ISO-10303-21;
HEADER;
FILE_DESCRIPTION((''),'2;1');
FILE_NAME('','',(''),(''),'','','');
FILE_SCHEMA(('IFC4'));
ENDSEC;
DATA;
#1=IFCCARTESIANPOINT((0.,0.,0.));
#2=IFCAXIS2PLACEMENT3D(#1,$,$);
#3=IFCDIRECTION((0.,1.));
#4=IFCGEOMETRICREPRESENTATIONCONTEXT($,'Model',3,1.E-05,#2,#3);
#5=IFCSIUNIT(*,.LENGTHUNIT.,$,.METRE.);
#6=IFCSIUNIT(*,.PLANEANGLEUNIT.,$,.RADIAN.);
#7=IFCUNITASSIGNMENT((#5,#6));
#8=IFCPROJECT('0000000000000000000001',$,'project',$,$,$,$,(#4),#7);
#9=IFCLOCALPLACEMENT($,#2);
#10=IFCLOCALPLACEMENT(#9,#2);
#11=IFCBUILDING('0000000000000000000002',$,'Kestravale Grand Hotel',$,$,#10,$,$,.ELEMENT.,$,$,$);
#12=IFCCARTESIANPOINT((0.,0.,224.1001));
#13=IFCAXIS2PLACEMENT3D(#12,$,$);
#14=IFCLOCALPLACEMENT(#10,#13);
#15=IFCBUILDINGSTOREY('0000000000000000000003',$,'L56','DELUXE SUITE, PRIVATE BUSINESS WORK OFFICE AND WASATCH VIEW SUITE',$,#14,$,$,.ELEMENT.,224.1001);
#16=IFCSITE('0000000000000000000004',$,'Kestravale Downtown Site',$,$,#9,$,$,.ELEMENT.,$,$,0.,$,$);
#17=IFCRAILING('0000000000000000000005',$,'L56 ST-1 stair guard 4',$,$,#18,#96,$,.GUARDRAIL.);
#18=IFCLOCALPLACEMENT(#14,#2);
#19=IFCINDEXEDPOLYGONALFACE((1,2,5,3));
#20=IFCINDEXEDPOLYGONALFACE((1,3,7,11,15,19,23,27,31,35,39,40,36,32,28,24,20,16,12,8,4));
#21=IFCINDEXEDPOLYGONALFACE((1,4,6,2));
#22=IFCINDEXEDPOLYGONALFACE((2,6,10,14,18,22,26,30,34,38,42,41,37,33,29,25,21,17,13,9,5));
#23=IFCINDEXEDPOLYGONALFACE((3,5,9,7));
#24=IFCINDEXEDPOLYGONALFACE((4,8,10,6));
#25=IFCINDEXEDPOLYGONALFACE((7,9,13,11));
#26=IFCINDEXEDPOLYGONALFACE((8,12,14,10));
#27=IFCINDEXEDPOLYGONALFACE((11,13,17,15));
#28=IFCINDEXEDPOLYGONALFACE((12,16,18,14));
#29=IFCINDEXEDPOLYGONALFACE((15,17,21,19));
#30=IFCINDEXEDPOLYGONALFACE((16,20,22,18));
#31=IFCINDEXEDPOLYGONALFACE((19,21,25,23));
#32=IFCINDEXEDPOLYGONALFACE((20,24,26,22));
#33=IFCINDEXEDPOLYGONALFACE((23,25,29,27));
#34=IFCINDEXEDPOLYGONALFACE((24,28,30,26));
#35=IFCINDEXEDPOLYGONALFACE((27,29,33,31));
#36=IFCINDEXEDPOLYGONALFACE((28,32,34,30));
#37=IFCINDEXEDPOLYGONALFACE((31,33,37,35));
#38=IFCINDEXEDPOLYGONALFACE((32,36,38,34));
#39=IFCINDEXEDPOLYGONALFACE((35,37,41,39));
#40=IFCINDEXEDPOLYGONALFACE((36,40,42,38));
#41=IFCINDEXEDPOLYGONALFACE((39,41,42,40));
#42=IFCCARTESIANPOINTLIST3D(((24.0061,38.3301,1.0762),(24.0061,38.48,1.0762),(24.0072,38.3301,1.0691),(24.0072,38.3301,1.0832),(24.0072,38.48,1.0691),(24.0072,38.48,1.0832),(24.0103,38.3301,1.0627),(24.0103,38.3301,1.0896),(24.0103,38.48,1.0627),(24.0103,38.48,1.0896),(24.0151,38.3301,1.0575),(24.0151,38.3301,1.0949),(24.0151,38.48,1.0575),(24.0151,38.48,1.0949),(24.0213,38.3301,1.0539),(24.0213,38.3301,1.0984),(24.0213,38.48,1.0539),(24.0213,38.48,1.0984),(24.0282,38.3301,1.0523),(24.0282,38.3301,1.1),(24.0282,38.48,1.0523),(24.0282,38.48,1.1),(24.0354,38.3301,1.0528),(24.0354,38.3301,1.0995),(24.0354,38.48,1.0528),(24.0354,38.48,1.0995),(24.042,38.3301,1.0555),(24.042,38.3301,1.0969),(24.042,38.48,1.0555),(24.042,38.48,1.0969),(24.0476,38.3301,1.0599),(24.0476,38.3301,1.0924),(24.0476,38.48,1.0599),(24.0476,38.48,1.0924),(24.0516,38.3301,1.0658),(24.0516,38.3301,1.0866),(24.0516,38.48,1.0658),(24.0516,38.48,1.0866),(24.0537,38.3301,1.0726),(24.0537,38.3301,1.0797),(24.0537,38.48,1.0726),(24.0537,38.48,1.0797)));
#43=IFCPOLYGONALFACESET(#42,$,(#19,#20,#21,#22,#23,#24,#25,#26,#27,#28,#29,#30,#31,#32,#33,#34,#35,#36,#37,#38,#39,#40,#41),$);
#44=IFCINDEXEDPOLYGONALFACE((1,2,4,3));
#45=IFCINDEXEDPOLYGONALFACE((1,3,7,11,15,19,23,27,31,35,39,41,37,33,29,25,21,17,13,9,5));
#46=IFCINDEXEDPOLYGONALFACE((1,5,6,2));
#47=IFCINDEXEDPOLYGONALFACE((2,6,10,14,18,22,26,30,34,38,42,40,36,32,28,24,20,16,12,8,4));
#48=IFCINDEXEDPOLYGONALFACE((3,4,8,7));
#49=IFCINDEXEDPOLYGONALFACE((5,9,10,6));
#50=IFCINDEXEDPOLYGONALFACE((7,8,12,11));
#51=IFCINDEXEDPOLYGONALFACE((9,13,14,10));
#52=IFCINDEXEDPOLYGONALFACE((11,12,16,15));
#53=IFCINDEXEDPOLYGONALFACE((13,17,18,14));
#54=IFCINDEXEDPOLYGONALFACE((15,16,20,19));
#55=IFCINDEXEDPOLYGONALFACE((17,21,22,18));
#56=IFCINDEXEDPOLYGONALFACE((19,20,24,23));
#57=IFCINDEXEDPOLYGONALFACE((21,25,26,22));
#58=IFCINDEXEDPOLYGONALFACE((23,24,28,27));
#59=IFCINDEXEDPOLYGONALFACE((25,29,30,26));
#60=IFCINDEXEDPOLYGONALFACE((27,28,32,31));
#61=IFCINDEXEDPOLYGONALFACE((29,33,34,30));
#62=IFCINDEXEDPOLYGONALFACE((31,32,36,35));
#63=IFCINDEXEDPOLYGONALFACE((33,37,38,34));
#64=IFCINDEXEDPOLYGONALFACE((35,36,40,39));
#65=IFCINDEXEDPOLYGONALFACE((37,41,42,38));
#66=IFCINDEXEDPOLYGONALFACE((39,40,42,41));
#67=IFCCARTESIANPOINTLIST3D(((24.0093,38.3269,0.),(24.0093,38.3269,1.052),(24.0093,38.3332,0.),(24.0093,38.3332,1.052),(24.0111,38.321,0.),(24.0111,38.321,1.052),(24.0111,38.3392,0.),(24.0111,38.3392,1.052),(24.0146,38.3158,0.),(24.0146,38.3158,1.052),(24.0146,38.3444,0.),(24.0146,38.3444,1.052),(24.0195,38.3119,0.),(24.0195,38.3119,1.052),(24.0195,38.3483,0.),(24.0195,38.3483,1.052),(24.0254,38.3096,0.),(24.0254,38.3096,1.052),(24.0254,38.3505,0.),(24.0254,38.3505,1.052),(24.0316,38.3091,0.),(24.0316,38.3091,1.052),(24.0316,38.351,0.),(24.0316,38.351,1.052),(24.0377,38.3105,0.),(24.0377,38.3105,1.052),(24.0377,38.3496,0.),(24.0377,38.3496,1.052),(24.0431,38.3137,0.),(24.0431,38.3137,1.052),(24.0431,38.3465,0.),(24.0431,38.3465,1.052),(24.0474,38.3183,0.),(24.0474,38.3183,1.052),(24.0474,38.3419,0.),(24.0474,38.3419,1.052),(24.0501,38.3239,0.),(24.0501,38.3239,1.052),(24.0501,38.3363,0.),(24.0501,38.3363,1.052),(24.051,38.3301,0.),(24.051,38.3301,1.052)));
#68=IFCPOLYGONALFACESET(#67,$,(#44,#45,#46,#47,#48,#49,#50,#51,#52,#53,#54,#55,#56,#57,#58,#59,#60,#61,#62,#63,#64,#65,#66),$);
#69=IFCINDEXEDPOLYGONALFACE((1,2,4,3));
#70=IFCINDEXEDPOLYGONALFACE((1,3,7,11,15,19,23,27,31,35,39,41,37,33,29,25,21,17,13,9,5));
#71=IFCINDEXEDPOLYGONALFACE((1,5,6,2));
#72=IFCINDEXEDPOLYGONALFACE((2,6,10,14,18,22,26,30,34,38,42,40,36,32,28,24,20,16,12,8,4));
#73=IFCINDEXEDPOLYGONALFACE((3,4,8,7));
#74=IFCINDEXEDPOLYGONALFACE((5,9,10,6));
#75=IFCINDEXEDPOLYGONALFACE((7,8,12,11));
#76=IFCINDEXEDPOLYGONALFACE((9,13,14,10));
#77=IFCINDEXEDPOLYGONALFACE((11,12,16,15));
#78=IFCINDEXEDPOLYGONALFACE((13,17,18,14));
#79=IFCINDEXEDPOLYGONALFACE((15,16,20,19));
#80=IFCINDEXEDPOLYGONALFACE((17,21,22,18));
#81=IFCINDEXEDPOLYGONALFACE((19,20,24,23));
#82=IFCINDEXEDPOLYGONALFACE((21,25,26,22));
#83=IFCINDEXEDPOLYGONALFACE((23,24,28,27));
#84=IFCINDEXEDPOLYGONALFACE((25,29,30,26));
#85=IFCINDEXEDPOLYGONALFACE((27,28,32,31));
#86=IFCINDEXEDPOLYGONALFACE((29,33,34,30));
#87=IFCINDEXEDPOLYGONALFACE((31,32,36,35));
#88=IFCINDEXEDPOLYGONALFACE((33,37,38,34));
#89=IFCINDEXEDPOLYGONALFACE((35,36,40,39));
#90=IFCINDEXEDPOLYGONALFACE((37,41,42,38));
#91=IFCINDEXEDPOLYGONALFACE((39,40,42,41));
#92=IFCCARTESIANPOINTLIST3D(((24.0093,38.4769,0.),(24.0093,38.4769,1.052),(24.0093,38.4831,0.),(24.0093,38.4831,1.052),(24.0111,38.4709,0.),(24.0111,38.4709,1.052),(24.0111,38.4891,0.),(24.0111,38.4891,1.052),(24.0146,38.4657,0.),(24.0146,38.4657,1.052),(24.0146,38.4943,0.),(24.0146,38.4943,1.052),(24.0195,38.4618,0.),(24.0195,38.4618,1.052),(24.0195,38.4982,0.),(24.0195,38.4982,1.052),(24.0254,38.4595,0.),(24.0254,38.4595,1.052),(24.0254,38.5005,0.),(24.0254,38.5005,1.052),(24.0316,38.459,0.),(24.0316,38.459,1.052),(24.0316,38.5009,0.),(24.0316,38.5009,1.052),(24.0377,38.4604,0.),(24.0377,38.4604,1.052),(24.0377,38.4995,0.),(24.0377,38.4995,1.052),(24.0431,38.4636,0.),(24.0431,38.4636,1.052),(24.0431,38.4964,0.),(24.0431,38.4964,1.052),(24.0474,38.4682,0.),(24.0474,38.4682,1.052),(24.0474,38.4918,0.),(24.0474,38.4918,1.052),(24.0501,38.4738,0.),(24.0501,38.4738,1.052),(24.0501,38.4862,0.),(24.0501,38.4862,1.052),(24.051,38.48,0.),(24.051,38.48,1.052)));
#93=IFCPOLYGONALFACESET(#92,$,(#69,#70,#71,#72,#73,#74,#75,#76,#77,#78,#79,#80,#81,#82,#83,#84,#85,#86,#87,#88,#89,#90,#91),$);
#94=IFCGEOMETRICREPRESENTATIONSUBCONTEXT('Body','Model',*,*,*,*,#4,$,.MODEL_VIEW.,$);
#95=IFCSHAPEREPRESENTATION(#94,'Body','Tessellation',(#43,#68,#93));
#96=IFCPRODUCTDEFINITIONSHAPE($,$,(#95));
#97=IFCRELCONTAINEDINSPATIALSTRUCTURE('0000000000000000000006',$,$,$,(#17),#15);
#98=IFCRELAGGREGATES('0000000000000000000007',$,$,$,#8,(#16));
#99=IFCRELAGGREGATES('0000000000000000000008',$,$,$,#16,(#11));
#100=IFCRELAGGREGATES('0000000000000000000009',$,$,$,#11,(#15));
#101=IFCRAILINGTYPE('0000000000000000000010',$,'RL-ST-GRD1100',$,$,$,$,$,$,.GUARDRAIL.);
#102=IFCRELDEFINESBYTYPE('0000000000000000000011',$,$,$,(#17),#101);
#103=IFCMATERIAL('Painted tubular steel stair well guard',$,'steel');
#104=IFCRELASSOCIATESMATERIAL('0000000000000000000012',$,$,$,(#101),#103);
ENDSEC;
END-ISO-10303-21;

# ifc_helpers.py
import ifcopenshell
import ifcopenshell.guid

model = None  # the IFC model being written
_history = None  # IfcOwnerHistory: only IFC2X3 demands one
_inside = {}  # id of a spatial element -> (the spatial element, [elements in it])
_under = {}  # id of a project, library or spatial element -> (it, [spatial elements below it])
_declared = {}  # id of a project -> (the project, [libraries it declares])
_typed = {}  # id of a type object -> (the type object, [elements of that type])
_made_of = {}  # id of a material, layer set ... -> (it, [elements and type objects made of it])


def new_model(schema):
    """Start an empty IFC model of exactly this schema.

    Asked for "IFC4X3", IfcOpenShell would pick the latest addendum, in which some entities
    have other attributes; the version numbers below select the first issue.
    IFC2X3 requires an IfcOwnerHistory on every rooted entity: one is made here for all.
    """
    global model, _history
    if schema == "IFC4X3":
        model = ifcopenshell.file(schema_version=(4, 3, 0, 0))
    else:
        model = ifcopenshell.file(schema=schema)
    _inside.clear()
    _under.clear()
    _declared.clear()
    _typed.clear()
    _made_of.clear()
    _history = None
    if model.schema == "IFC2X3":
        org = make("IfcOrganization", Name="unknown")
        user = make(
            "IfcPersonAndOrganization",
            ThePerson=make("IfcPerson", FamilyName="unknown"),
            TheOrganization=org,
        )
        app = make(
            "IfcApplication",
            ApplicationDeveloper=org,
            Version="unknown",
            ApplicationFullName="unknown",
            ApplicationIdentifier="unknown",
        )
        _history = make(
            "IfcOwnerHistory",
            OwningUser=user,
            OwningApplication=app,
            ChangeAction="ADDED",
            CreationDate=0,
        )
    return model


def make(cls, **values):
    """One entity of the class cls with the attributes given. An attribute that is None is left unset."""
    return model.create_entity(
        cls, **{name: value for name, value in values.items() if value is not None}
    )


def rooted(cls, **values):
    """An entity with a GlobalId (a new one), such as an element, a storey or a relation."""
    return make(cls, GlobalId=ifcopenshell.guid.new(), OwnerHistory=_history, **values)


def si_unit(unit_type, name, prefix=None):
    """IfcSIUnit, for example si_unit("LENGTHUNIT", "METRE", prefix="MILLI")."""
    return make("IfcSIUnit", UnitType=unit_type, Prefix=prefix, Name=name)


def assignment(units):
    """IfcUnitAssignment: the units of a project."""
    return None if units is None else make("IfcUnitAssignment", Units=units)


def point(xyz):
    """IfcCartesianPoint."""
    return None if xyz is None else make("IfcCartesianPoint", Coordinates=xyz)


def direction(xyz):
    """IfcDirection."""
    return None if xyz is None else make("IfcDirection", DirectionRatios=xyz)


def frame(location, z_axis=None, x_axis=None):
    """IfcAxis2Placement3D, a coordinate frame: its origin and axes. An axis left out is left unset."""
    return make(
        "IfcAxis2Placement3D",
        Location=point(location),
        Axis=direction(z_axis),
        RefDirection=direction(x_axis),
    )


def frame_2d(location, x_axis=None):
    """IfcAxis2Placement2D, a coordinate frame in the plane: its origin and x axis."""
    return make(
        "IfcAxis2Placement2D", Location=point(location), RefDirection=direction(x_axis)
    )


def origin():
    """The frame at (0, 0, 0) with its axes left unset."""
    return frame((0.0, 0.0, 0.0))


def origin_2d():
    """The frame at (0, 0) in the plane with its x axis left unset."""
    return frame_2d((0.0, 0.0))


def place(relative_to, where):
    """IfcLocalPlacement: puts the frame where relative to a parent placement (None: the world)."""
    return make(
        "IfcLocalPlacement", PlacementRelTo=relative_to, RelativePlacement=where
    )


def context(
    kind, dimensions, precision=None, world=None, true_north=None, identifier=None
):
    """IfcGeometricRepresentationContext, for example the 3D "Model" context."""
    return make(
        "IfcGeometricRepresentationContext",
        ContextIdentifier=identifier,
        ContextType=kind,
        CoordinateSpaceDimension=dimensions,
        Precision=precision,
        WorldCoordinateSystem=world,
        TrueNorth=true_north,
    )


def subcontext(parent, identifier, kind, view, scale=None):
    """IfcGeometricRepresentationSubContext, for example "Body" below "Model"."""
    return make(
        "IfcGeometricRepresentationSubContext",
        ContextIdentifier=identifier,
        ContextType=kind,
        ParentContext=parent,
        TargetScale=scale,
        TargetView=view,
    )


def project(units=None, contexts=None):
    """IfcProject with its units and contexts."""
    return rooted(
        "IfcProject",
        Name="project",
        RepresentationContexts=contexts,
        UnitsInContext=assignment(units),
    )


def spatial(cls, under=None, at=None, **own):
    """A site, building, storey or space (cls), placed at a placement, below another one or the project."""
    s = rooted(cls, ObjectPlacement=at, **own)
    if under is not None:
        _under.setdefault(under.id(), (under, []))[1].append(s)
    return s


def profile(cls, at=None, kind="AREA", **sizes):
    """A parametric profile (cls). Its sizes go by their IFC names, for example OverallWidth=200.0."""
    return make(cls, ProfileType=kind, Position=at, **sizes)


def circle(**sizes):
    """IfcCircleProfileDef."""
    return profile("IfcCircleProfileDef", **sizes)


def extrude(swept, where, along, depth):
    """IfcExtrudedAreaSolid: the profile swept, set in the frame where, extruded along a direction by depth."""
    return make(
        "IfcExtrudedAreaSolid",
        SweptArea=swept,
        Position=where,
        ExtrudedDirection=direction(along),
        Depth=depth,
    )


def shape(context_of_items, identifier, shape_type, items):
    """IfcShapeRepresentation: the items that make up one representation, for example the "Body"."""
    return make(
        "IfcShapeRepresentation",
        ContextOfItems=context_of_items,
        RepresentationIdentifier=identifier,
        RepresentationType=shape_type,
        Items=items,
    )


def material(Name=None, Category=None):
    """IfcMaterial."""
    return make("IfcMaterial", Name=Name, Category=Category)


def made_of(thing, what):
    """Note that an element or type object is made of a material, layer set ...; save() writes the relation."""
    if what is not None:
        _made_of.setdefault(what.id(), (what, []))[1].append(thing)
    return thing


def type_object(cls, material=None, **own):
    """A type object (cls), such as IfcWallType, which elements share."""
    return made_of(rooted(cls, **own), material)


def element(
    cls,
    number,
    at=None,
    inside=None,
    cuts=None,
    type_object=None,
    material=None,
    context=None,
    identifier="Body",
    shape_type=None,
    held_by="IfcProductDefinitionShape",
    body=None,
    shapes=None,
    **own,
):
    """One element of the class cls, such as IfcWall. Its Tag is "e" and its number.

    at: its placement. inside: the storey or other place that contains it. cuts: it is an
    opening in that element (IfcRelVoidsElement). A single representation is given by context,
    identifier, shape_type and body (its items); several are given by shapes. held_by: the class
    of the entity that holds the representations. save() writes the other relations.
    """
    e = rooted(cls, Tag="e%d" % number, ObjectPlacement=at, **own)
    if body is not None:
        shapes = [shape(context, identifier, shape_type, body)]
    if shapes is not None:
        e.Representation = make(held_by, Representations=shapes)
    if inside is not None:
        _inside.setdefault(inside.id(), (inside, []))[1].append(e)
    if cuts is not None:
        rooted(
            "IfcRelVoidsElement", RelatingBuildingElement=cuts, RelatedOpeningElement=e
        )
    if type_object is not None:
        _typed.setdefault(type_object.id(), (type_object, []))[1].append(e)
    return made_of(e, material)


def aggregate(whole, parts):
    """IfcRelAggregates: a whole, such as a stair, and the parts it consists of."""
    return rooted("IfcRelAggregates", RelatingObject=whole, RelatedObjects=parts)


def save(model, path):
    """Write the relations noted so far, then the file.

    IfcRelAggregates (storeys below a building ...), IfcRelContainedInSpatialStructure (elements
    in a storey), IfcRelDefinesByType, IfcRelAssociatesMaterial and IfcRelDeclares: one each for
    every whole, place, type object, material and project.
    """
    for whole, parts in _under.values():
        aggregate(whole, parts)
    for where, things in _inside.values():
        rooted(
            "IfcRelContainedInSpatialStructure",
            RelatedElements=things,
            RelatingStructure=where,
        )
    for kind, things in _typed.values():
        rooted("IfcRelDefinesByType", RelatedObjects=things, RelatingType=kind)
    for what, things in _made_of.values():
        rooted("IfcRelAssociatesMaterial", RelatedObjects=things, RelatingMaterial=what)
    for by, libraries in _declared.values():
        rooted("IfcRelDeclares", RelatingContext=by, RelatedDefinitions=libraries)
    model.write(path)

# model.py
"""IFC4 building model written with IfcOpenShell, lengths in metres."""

from ifc_helpers import new_model, si_unit, direction, frame, origin, origin_2d, place, context, subcontext, project, spatial, circle, extrude, material, type_object, element, save


model = new_model("IFC4")

# Units and contexts
model_context = context("Model", 3, precision=1e-05, world=origin(), true_north=direction((0.0, 1.0)))
body_context = subcontext(model_context, "Body", "Model", "MODEL_VIEW")
ifc_project = project(units=[si_unit("LENGTHUNIT", "METRE"), si_unit("PLANEANGLEUNIT", "RADIAN")], contexts=[model_context])

# Site, building, storey
site_placement = place(None, origin())
site = spatial("IfcSite", under=ifc_project, at=site_placement, Name="Kestravale Downtown Site", CompositionType="ELEMENT", RefElevation=0.0)
building_placement = place(site_placement, origin())
building = spatial("IfcBuilding", under=site, at=building_placement, Name="Kestravale Grand Hotel", CompositionType="ELEMENT")
storey_placement = place(building_placement, frame((0.0, 0.0, 224.1001)))
storey = spatial("IfcBuildingStorey", under=building, at=storey_placement, Name="L56", Description="DELUXE SUITE, PRIVATE BUSINESS WORK OFFICE AND WASATCH VIEW SUITE", CompositionType="ELEMENT", Elevation=224.1001)

# Railing
ifc_material_1 = material(Name="Painted tubular steel stair well guard", Category="steel")
railing_type_1 = type_object("IfcRailingType", Name="RL-ST-GRD1100", PredefinedType="GUARDRAIL", material=ifc_material_1)
railing_1_placement = place(storey_placement, frame((24.03, 38.3301, 0.0)))
element("IfcRailing", 1, at=railing_1_placement, inside=storey, type_object=railing_type_1, Name="L56 ST-1 stair guard 4", PredefinedType="GUARDRAIL", context=body_context, shape_type="SweptSolid", body=[
    extrude(circle(Radius=0.0239, at=origin_2d()), frame((0.0, 0.0, 1.0762), z_axis=(0.0, 1.0, 0.0), x_axis=(-1.0, 0.0, 0.0)), (0.0, 0.0, 1.0), 0.1499),
    extrude(circle(Radius=0.021, at=origin_2d()), origin(), (0.0, 0.0, 1.0), 1.052),
    extrude(circle(Radius=0.021, at=origin_2d()), frame((0.0, 0.1499, 0.0)), (0.0, 0.0, 1.0), 1.052),
])

save(model, "model.ifc")
